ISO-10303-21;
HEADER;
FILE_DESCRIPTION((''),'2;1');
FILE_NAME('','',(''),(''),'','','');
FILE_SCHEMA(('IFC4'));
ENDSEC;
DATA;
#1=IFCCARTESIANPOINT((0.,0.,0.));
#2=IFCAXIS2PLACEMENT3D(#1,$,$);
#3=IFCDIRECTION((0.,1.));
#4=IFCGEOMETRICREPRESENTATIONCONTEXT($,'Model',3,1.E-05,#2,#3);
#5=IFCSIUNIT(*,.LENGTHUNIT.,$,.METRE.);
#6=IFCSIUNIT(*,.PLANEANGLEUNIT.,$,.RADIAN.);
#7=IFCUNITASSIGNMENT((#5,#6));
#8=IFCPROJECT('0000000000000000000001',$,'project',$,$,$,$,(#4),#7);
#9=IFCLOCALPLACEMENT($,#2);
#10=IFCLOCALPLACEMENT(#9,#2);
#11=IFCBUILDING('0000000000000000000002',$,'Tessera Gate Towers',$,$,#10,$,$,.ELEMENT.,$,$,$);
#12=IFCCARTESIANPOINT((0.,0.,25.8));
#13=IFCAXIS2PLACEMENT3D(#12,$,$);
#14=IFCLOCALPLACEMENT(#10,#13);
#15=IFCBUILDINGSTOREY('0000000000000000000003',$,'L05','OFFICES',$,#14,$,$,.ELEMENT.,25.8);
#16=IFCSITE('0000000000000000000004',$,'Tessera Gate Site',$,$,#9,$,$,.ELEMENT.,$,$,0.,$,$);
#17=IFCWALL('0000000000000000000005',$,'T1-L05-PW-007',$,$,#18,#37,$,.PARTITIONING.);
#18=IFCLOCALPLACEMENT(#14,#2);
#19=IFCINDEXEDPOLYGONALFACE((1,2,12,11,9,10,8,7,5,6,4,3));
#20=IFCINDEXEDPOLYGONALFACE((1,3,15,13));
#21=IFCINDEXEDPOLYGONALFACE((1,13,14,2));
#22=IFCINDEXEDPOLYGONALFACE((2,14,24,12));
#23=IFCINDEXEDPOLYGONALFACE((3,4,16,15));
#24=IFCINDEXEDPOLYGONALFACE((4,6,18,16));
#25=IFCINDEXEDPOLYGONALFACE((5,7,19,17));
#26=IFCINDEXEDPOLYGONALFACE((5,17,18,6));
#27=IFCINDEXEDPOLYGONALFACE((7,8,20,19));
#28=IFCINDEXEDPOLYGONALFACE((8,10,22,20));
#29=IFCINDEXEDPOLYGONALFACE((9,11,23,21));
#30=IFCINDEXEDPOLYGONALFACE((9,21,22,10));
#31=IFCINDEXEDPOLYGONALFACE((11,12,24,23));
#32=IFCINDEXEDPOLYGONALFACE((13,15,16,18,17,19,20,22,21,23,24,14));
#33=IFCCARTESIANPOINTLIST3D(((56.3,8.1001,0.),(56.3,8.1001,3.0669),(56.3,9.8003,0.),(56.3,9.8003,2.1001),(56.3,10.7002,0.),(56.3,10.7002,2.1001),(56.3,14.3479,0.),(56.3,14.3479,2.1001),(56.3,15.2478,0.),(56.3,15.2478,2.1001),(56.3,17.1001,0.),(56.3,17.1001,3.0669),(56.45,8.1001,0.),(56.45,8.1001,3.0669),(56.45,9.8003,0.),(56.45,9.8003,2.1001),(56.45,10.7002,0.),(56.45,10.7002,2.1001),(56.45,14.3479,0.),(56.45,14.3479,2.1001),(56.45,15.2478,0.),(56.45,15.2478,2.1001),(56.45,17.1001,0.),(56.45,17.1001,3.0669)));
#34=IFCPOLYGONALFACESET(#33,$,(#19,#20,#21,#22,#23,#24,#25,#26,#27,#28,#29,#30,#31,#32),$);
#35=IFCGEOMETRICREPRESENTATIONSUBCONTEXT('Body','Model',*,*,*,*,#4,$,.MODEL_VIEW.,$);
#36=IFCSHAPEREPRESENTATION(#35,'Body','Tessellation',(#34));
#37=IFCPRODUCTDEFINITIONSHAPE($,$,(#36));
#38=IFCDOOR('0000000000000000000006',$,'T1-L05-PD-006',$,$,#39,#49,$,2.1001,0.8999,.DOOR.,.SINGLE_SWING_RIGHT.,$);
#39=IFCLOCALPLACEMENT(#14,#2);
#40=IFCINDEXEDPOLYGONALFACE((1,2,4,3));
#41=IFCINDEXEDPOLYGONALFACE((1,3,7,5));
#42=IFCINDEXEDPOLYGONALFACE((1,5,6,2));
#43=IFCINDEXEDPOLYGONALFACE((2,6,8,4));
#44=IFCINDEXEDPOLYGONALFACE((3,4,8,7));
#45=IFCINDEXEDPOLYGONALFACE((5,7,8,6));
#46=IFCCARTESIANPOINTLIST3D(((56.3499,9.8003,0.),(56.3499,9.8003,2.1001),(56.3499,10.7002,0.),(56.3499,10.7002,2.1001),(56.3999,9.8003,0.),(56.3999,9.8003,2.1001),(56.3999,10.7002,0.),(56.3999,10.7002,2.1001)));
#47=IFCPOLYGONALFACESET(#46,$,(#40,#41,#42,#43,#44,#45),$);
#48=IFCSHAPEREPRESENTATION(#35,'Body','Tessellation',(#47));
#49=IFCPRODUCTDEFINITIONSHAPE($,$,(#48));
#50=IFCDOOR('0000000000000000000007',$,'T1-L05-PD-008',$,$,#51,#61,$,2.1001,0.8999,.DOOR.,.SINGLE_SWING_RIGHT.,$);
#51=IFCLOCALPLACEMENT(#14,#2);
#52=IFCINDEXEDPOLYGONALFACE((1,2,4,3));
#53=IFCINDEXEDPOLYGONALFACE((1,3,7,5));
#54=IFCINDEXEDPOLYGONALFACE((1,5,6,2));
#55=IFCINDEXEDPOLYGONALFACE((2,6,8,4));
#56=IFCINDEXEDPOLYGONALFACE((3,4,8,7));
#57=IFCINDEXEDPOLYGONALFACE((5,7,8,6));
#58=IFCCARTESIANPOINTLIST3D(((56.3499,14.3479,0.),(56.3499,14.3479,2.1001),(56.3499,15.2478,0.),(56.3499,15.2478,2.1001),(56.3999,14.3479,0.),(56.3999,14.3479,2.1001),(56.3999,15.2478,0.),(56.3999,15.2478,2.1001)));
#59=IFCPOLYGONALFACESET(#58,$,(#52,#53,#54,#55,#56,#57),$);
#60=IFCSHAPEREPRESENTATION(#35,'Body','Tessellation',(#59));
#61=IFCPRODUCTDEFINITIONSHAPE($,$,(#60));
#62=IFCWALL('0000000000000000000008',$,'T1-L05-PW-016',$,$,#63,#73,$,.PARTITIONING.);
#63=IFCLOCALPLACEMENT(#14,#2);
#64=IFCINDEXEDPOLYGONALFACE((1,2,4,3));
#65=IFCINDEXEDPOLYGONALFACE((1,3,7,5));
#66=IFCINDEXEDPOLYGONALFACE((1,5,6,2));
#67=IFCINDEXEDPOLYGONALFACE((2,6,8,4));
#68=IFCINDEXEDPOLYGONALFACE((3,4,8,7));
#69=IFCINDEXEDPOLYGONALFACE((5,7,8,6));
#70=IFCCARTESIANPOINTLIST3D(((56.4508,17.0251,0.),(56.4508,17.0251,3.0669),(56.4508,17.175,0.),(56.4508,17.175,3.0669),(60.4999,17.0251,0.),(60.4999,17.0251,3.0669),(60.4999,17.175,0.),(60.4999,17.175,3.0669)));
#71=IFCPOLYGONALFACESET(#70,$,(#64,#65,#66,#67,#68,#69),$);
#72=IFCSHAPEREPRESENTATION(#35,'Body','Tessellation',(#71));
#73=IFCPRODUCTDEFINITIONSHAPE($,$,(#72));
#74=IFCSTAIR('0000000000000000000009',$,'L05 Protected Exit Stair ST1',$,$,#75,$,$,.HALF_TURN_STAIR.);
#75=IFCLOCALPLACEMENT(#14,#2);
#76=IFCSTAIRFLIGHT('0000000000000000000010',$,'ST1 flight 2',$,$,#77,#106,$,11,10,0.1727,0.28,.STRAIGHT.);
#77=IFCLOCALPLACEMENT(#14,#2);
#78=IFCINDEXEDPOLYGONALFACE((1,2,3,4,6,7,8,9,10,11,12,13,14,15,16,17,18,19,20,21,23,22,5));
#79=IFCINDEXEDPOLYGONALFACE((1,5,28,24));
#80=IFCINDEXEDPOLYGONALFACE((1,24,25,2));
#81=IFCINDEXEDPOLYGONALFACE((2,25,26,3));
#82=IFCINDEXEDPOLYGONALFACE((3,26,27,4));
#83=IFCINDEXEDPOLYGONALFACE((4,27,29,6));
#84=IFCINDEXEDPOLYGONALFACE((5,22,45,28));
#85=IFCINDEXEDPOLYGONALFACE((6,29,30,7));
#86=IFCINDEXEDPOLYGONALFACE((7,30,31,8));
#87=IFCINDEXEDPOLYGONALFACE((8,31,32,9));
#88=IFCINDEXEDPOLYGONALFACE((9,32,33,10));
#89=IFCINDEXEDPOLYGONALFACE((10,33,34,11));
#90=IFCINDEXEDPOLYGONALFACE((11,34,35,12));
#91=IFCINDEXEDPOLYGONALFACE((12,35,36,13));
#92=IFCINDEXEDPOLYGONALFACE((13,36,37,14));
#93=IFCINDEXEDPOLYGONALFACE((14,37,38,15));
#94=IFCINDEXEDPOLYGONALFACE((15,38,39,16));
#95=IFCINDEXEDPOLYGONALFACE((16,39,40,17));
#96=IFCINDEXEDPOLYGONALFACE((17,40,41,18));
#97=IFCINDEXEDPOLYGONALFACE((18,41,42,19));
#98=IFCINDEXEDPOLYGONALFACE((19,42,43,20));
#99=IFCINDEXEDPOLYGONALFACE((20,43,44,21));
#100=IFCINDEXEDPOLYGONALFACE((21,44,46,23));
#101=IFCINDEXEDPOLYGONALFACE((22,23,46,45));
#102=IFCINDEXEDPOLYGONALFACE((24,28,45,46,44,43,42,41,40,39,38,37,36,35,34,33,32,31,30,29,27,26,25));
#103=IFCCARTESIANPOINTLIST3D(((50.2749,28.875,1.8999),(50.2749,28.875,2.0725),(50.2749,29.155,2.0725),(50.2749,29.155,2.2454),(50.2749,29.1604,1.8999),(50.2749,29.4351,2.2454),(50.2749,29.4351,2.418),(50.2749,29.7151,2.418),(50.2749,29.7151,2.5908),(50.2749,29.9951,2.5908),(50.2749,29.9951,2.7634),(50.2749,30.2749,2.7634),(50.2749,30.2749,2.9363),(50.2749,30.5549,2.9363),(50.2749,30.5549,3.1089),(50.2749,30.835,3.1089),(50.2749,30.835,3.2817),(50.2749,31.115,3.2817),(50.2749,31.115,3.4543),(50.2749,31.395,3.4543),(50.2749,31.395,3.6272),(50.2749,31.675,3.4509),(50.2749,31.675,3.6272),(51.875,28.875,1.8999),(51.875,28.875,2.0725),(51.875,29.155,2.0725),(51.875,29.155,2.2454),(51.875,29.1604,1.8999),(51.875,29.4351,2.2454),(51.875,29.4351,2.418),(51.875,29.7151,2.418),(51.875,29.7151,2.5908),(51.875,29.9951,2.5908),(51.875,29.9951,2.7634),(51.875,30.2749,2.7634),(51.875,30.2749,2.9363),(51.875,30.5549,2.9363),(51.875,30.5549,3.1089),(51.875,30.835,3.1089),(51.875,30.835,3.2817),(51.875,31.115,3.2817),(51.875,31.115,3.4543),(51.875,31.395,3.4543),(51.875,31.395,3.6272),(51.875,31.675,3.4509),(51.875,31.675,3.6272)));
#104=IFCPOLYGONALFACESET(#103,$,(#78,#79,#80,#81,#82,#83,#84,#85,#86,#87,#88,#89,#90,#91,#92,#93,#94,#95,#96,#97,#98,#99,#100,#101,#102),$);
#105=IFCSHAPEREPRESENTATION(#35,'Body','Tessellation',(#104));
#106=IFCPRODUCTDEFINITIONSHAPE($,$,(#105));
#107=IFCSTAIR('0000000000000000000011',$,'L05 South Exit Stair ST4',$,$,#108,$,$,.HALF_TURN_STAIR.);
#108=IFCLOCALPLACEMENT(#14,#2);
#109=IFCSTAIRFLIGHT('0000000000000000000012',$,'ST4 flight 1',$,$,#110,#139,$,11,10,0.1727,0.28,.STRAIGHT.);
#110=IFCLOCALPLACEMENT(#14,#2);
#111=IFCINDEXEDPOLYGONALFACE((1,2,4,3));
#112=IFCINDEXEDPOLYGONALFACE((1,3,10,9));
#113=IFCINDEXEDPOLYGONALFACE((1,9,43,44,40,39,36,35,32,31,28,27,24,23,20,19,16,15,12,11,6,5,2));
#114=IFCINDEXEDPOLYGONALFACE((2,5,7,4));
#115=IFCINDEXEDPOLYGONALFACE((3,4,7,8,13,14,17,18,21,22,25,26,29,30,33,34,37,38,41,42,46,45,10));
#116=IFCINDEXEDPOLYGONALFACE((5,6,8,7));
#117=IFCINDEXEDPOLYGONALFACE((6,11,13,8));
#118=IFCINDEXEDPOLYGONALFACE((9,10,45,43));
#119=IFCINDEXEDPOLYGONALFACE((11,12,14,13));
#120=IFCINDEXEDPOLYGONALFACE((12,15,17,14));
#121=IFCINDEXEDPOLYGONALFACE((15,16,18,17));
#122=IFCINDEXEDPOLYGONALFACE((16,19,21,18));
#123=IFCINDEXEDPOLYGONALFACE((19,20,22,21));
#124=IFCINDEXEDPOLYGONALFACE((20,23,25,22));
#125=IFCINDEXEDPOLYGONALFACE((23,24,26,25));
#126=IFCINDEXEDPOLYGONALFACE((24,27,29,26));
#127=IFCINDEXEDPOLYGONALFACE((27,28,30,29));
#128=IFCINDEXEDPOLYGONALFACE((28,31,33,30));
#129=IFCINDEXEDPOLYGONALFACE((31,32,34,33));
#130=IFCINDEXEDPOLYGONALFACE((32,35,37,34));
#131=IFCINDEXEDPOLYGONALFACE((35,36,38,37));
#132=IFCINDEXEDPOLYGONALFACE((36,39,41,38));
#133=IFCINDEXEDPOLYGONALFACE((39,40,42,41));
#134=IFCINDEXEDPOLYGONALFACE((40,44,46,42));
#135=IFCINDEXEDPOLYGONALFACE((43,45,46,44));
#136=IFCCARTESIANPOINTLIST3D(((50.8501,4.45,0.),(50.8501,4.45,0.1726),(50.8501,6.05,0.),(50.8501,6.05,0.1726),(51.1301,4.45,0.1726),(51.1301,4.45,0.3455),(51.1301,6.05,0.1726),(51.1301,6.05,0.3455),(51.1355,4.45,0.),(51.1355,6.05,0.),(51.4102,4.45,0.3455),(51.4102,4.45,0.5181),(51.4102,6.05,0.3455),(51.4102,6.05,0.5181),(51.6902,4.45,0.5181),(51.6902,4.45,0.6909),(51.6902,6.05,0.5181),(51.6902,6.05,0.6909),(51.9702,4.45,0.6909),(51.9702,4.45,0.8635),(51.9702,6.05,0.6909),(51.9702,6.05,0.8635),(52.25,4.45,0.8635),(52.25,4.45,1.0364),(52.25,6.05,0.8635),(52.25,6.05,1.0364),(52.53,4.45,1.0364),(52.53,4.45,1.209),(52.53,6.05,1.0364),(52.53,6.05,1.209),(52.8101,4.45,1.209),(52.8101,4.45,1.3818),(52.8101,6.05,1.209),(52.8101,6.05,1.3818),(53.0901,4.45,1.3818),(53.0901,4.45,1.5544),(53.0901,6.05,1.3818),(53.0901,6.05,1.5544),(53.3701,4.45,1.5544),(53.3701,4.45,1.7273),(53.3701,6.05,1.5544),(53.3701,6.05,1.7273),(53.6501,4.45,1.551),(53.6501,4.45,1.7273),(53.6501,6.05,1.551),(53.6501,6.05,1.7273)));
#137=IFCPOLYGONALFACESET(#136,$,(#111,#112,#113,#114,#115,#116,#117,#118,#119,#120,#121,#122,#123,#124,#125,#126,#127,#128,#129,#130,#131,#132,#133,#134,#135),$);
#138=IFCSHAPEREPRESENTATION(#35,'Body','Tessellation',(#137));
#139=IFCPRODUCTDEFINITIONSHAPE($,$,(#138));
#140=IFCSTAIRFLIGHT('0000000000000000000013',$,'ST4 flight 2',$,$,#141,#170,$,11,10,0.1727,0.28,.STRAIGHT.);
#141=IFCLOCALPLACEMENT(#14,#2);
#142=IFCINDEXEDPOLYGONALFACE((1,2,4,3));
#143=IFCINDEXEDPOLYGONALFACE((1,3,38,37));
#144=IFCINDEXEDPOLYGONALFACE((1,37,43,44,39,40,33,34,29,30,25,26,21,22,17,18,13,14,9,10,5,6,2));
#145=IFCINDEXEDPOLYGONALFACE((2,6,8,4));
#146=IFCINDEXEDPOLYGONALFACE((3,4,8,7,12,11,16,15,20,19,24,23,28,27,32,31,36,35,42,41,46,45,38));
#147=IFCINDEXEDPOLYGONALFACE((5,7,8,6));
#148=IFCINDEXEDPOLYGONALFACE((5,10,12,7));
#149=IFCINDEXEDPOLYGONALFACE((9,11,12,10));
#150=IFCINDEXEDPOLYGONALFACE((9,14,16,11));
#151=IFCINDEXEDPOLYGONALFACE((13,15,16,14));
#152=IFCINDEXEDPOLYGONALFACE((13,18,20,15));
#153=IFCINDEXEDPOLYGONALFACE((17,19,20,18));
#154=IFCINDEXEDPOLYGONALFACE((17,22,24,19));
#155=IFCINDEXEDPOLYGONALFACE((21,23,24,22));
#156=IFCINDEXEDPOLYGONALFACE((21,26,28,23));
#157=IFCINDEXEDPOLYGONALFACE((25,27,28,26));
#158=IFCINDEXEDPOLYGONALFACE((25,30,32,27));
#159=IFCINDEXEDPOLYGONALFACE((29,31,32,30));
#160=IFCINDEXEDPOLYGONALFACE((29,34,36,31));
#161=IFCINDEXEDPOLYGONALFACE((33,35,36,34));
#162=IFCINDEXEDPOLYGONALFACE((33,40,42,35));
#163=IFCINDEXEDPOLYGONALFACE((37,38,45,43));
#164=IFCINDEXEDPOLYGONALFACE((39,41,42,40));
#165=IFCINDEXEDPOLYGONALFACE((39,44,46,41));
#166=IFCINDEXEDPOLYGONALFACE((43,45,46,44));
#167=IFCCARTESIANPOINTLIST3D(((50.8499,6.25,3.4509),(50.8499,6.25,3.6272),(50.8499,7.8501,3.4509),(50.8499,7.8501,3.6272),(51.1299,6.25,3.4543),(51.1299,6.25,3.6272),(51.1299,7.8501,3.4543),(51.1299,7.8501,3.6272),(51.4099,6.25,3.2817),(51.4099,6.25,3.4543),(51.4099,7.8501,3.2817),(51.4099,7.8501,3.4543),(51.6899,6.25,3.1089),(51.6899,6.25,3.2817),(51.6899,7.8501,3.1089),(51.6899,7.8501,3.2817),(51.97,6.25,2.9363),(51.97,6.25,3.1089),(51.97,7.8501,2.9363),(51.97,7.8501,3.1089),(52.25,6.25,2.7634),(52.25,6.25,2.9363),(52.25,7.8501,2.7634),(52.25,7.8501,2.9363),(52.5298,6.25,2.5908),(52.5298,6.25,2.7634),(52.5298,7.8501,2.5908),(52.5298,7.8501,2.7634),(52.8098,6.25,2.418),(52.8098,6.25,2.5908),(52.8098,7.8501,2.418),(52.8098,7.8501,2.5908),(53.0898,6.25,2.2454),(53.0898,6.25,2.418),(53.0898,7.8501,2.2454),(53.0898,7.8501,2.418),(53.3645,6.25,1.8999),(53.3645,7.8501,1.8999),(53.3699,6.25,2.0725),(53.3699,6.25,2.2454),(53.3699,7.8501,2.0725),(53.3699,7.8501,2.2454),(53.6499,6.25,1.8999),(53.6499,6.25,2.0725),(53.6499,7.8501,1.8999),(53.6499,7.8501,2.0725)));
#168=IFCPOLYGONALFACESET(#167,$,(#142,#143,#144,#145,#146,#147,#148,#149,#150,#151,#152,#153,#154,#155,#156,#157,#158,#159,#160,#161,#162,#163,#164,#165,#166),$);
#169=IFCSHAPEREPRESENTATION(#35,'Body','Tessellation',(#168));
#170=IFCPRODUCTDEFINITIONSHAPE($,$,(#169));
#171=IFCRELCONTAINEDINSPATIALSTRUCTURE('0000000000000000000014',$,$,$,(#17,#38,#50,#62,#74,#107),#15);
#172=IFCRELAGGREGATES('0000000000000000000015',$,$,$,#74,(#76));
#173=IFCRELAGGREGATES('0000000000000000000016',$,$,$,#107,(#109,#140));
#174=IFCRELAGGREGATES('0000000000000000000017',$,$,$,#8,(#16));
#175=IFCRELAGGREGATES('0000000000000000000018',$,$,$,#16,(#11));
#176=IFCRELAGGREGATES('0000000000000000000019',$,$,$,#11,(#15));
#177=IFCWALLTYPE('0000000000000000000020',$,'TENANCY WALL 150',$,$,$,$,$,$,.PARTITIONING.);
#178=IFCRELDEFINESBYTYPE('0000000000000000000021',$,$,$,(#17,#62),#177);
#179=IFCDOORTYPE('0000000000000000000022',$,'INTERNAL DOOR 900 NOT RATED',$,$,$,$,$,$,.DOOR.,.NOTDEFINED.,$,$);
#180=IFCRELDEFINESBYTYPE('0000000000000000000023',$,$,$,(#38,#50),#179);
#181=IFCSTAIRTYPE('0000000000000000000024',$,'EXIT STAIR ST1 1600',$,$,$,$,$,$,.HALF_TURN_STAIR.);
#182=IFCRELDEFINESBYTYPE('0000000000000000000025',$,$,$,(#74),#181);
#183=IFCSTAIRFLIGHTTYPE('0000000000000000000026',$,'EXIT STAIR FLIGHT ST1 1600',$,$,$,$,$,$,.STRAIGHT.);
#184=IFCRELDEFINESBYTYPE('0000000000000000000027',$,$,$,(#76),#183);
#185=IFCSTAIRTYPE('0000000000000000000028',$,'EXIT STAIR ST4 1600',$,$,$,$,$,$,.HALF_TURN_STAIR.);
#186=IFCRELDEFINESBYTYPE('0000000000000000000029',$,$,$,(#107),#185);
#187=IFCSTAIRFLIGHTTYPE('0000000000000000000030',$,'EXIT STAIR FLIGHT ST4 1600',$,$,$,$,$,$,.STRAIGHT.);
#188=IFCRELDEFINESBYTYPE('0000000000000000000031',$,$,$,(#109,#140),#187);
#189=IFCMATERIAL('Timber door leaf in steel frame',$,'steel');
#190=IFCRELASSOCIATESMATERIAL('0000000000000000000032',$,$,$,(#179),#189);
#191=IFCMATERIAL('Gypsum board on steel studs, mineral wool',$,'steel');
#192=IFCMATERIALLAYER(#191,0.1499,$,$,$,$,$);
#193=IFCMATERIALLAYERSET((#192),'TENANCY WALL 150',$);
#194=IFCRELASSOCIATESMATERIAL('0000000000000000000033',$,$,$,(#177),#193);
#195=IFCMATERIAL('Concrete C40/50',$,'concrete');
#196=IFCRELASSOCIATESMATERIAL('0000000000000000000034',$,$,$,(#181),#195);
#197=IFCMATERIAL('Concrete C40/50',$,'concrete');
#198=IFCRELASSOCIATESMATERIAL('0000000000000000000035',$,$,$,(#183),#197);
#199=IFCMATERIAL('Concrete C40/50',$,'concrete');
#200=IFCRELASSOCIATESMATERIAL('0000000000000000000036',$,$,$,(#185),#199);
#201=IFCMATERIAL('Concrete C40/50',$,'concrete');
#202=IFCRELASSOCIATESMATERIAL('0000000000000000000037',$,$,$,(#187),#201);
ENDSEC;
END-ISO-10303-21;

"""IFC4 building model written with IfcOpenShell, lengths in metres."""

from ifc_helpers import new_model, si_unit, direction, frame, frame_2d, origin, place, context, subcontext, project, spatial, polyline, rectangle, outline, extrude, source, transform, mapped, material, layer, layer_set, type_object, element, fill, aggregate, save


model = new_model("IFC4")

# Units and contexts
model_context = context("Model", 3, precision=1e-05, world=origin(), true_north=direction((0.0, 1.0)))
body_context = subcontext(model_context, "Body", "Model", "MODEL_VIEW")
ifc_project = project(units=[si_unit("LENGTHUNIT", "METRE"), si_unit("PLANEANGLEUNIT", "RADIAN")], contexts=[model_context])

# Site, building, storey
site_placement = place(None, origin())
site = spatial("IfcSite", under=ifc_project, at=site_placement, Name="Tessera Gate Site", CompositionType="ELEMENT", RefElevation=0.0)
building_placement = place(site_placement, origin())
building = spatial("IfcBuilding", under=site, at=building_placement, Name="Tessera Gate Towers", CompositionType="ELEMENT")
storey_placement = place(building_placement, frame((0.0, 0.0, 25.8)))
storey = spatial("IfcBuildingStorey", under=building, at=storey_placement, Name="L05", Description="OFFICES", CompositionType="ELEMENT", Elevation=25.8)

# Shared definitions
ifc_material_1 = material(Name="Timber door leaf in steel frame", Category="steel")
door_type_1 = type_object("IfcDoorType", Name="INTERNAL DOOR 900 NOT RATED", OperationType="NOTDEFINED", PredefinedType="DOOR", material=ifc_material_1)
shared_shape_1 = source(origin(), body_context, "Body", "SweptSolid", [
    extrude(rectangle(XDim=0.8999, YDim=2.1001, at=frame_2d((0.45, 1.05))), frame((0.0, 0.0249, 0.0), z_axis=(0.0, -1.0, 0.0), x_axis=(1.0, 0.0, 0.0)), (0.0, 0.0, 1.0), 0.05),
])

# Wall, openings, doors
ifc_material_2 = material(Name="Gypsum board on steel studs, mineral wool", Category="steel")
ifc_layer_1 = layer(ifc_material_2, 0.1499)
ifc_layer_set_1 = layer_set([ifc_layer_1], Name="TENANCY WALL 150")
wall_type_1 = type_object("IfcWallType", Name="TENANCY WALL 150", PredefinedType="PARTITIONING", material=ifc_layer_set_1)
wall_1_placement = place(storey_placement, frame((56.375, 17.1001, 0.0), z_axis=(0.0, 0.0, 1.0), x_axis=(0.0, -1.0, 0.0)))
wall_1 = element("IfcWall", 1, at=wall_1_placement, inside=storey, type_object=wall_type_1, Name="T1-L05-PW-007", PredefinedType="PARTITIONING", context=body_context, shape_type="SweptSolid", body=[
    extrude(rectangle(XDim=9.0, YDim=0.1499, at=frame_2d((4.5, 0.0))), origin(), (0.0, 0.0, 1.0), 3.0669),
])
shared_shape_2 = source(origin(), body_context, "Body", "SweptSolid", [
    extrude(rectangle(XDim=0.8999, YDim=2.1001, at=frame_2d((0.45, 1.05))), frame((0.0, 0.085, 0.0), z_axis=(0.0, -1.0, 0.0), x_axis=(1.0, 0.0, 0.0)), (0.0, 0.0, 1.0), 0.1699),
])
opening_1_placement = place(wall_1_placement, frame((6.3999, 0.0, 0.0)))
opening_1 = element("IfcOpeningElement", 2, at=opening_1_placement, cuts=wall_1, PredefinedType="OPENING", context=body_context, shape_type="MappedRepresentation", body=[
    mapped(shared_shape_2, transform((0.0, 0.0, 0.0), scale=1.0)),
])
opening_2_placement = place(wall_1_placement, frame((1.8523, 0.0, 0.0)))
opening_2 = element("IfcOpeningElement", 3, at=opening_2_placement, cuts=wall_1, PredefinedType="OPENING", context=body_context, shape_type="MappedRepresentation", body=[
    mapped(shared_shape_2, transform((0.0, 0.0, 0.0), scale=1.0)),
])
door_1_placement = place(opening_1_placement, origin())
door_1 = element("IfcDoor", 4, at=door_1_placement, inside=storey, type_object=door_type_1, Name="T1-L05-PD-006", OperationType="SINGLE_SWING_RIGHT", OverallHeight=2.1001, OverallWidth=0.8999, PredefinedType="DOOR", context=body_context, shape_type="MappedRepresentation", body=[
    mapped(shared_shape_1, transform((0.0, 0.0, 0.0), scale=1.0)),
])
fill(opening_1, door_1)
door_2_placement = place(opening_2_placement, origin())
door_2 = element("IfcDoor", 5, at=door_2_placement, inside=storey, type_object=door_type_1, Name="T1-L05-PD-008", OperationType="SINGLE_SWING_RIGHT", OverallHeight=2.1001, OverallWidth=0.8999, PredefinedType="DOOR", context=body_context, shape_type="MappedRepresentation", body=[
    mapped(shared_shape_1, transform((0.0, 0.0, 0.0), scale=1.0)),
])
fill(opening_2, door_2)

# Wall
wall_2_placement = place(storey_placement, frame((56.4509, 17.1001, 0.0), z_axis=(0.0, 0.0, 1.0), x_axis=(1.0, 0.0, 0.0)))
element("IfcWall", 6, at=wall_2_placement, inside=storey, type_object=wall_type_1, Name="T1-L05-PW-016", PredefinedType="PARTITIONING", context=body_context, shape_type="SweptSolid", body=[
    extrude(rectangle(XDim=4.0491, YDim=0.1499, at=frame_2d((2.0244, 0.0))), origin(), (0.0, 0.0, 1.0), 3.0669),
])

# Stair, stair flight
ifc_material_3 = material(Name="Concrete C40/50", Category="concrete")
stair_type_1 = type_object("IfcStairType", Name="EXIT STAIR ST1 1600", PredefinedType="HALF_TURN_STAIR", material=ifc_material_3)
stair_1_placement = place(storey_placement, origin())
stair_1 = element("IfcStair", 7, at=stair_1_placement, inside=storey, type_object=stair_type_1, Name="L05 Protected Exit Stair ST1", PredefinedType="HALF_TURN_STAIR")
ifc_material_4 = material(Name="Concrete C40/50", Category="concrete")
stair_flight_type_1 = type_object("IfcStairFlightType", Name="EXIT STAIR FLIGHT ST1 1600", PredefinedType="STRAIGHT", material=ifc_material_4)
stair_flight_1_placement = place(storey_placement, frame((51.075, 28.875, 1.8999), z_axis=(0.0, 0.0, 1.0), x_axis=(0.0, 1.0, 0.0)))
stair_flight_1 = element("IfcStairFlight", 8, at=stair_flight_1_placement, type_object=stair_flight_type_1, Name="ST1 flight 2", NumberOfRisers=11, NumberOfTreads=10, PredefinedType="STRAIGHT", RiserHeight=0.1727, TreadLength=0.28, context=body_context, shape_type="SweptSolid", body=[
    extrude(outline(polyline([(0.0, 0.0), (0.0, 0.1726), (0.28, 0.1726), (0.28, 0.3455), (0.5601, 0.3455), (0.5601, 0.5181), (0.8401, 0.5181), (0.8401, 0.6909), (1.1201, 0.6909), (1.1201, 0.8635), (1.3999, 0.8635), (1.3999, 1.0364), (1.6799, 1.0364), (1.6799, 1.209), (1.96, 1.209), (1.96, 1.3818), (2.24, 1.3818), (2.24, 1.5544), (2.52, 1.5544), (2.52, 1.7273), (2.8, 1.7273), (2.8, 1.8999), (2.8, 1.551), (0.2854, 0.0), (0.0, 0.0)])), frame((0.0, 0.8, 0.0), z_axis=(0.0, -1.0, 0.0), x_axis=(1.0, 0.0, 0.0)), (0.0, 0.0, 1.0), 1.6001),
])
aggregate(stair_1, [stair_flight_1])

# Stair, stair flights
ifc_material_5 = material(Name="Concrete C40/50", Category="concrete")
stair_type_2 = type_object("IfcStairType", Name="EXIT STAIR ST4 1600", PredefinedType="HALF_TURN_STAIR", material=ifc_material_5)
stair_2_placement = place(storey_placement, origin())
stair_2 = element("IfcStair", 9, at=stair_2_placement, inside=storey, type_object=stair_type_2, Name="L05 South Exit Stair ST4", PredefinedType="HALF_TURN_STAIR")
ifc_material_6 = material(Name="Concrete C40/50", Category="concrete")
stair_flight_type_2 = type_object("IfcStairFlightType", Name="EXIT STAIR FLIGHT ST4 1600", PredefinedType="STRAIGHT", material=ifc_material_6)
stair_flight_2_placement = place(storey_placement, frame((50.8501, 5.25, 0.0), z_axis=(0.0, 0.0, 1.0), x_axis=(1.0, 0.0, 0.0)))
stair_flight_2 = element("IfcStairFlight", 10, at=stair_flight_2_placement, type_object=stair_flight_type_2, Name="ST4 flight 1", NumberOfRisers=11, NumberOfTreads=10, PredefinedType="STRAIGHT", RiserHeight=0.1727, TreadLength=0.28, context=body_context, shape_type="SweptSolid", body=[
    extrude(outline(polyline([(0.0, 0.0), (0.0, 0.1726), (0.28, 0.1726), (0.28, 0.3455), (0.5601, 0.3455), (0.5601, 0.5181), (0.8401, 0.5181), (0.8401, 0.6909), (1.1201, 0.6909), (1.1201, 0.8635), (1.3999, 0.8635), (1.3999, 1.0364), (1.6799, 1.0364), (1.6799, 1.209), (1.96, 1.209), (1.96, 1.3818), (2.24, 1.3818), (2.24, 1.5544), (2.52, 1.5544), (2.52, 1.7273), (2.8, 1.7273), (2.8, 1.8999), (2.8, 1.551), (0.2854, 0.0), (0.0, 0.0)])), frame((0.0, 0.8, 0.0), z_axis=(0.0, -1.0, 0.0), x_axis=(1.0, 0.0, 0.0)), (0.0, 0.0, 1.0), 1.6001),
])
stair_flight_3_placement = place(storey_placement, frame((53.6499, 7.05, 1.8999), z_axis=(0.0, 0.0, 1.0), x_axis=(-1.0, 0.0, 0.0)))
stair_flight_3 = element("IfcStairFlight", 11, at=stair_flight_3_placement, type_object=stair_flight_type_2, Name="ST4 flight 2", NumberOfRisers=11, NumberOfTreads=10, PredefinedType="STRAIGHT", RiserHeight=0.1727, TreadLength=0.28, context=body_context, shape_type="SweptSolid", body=[
    extrude(outline(polyline([(0.0, 0.0), (0.0, 0.1726), (0.28, 0.1726), (0.28, 0.3455), (0.5601, 0.3455), (0.5601, 0.5181), (0.8401, 0.5181), (0.8401, 0.6909), (1.1201, 0.6909), (1.1201, 0.8635), (1.3999, 0.8635), (1.3999, 1.0364), (1.6799, 1.0364), (1.6799, 1.209), (1.96, 1.209), (1.96, 1.3818), (2.24, 1.3818), (2.24, 1.5544), (2.52, 1.5544), (2.52, 1.7273), (2.8, 1.7273), (2.8, 1.8999), (2.8, 1.551), (0.2854, 0.0), (0.0, 0.0)])), frame((0.0, 0.8, 0.0), z_axis=(0.0, -1.0, 0.0), x_axis=(1.0, 0.0, 0.0)), (0.0, 0.0, 1.0), 1.6001),
])
aggregate(stair_2, [stair_flight_2, stair_flight_3])

save(model, "model.ifc")
